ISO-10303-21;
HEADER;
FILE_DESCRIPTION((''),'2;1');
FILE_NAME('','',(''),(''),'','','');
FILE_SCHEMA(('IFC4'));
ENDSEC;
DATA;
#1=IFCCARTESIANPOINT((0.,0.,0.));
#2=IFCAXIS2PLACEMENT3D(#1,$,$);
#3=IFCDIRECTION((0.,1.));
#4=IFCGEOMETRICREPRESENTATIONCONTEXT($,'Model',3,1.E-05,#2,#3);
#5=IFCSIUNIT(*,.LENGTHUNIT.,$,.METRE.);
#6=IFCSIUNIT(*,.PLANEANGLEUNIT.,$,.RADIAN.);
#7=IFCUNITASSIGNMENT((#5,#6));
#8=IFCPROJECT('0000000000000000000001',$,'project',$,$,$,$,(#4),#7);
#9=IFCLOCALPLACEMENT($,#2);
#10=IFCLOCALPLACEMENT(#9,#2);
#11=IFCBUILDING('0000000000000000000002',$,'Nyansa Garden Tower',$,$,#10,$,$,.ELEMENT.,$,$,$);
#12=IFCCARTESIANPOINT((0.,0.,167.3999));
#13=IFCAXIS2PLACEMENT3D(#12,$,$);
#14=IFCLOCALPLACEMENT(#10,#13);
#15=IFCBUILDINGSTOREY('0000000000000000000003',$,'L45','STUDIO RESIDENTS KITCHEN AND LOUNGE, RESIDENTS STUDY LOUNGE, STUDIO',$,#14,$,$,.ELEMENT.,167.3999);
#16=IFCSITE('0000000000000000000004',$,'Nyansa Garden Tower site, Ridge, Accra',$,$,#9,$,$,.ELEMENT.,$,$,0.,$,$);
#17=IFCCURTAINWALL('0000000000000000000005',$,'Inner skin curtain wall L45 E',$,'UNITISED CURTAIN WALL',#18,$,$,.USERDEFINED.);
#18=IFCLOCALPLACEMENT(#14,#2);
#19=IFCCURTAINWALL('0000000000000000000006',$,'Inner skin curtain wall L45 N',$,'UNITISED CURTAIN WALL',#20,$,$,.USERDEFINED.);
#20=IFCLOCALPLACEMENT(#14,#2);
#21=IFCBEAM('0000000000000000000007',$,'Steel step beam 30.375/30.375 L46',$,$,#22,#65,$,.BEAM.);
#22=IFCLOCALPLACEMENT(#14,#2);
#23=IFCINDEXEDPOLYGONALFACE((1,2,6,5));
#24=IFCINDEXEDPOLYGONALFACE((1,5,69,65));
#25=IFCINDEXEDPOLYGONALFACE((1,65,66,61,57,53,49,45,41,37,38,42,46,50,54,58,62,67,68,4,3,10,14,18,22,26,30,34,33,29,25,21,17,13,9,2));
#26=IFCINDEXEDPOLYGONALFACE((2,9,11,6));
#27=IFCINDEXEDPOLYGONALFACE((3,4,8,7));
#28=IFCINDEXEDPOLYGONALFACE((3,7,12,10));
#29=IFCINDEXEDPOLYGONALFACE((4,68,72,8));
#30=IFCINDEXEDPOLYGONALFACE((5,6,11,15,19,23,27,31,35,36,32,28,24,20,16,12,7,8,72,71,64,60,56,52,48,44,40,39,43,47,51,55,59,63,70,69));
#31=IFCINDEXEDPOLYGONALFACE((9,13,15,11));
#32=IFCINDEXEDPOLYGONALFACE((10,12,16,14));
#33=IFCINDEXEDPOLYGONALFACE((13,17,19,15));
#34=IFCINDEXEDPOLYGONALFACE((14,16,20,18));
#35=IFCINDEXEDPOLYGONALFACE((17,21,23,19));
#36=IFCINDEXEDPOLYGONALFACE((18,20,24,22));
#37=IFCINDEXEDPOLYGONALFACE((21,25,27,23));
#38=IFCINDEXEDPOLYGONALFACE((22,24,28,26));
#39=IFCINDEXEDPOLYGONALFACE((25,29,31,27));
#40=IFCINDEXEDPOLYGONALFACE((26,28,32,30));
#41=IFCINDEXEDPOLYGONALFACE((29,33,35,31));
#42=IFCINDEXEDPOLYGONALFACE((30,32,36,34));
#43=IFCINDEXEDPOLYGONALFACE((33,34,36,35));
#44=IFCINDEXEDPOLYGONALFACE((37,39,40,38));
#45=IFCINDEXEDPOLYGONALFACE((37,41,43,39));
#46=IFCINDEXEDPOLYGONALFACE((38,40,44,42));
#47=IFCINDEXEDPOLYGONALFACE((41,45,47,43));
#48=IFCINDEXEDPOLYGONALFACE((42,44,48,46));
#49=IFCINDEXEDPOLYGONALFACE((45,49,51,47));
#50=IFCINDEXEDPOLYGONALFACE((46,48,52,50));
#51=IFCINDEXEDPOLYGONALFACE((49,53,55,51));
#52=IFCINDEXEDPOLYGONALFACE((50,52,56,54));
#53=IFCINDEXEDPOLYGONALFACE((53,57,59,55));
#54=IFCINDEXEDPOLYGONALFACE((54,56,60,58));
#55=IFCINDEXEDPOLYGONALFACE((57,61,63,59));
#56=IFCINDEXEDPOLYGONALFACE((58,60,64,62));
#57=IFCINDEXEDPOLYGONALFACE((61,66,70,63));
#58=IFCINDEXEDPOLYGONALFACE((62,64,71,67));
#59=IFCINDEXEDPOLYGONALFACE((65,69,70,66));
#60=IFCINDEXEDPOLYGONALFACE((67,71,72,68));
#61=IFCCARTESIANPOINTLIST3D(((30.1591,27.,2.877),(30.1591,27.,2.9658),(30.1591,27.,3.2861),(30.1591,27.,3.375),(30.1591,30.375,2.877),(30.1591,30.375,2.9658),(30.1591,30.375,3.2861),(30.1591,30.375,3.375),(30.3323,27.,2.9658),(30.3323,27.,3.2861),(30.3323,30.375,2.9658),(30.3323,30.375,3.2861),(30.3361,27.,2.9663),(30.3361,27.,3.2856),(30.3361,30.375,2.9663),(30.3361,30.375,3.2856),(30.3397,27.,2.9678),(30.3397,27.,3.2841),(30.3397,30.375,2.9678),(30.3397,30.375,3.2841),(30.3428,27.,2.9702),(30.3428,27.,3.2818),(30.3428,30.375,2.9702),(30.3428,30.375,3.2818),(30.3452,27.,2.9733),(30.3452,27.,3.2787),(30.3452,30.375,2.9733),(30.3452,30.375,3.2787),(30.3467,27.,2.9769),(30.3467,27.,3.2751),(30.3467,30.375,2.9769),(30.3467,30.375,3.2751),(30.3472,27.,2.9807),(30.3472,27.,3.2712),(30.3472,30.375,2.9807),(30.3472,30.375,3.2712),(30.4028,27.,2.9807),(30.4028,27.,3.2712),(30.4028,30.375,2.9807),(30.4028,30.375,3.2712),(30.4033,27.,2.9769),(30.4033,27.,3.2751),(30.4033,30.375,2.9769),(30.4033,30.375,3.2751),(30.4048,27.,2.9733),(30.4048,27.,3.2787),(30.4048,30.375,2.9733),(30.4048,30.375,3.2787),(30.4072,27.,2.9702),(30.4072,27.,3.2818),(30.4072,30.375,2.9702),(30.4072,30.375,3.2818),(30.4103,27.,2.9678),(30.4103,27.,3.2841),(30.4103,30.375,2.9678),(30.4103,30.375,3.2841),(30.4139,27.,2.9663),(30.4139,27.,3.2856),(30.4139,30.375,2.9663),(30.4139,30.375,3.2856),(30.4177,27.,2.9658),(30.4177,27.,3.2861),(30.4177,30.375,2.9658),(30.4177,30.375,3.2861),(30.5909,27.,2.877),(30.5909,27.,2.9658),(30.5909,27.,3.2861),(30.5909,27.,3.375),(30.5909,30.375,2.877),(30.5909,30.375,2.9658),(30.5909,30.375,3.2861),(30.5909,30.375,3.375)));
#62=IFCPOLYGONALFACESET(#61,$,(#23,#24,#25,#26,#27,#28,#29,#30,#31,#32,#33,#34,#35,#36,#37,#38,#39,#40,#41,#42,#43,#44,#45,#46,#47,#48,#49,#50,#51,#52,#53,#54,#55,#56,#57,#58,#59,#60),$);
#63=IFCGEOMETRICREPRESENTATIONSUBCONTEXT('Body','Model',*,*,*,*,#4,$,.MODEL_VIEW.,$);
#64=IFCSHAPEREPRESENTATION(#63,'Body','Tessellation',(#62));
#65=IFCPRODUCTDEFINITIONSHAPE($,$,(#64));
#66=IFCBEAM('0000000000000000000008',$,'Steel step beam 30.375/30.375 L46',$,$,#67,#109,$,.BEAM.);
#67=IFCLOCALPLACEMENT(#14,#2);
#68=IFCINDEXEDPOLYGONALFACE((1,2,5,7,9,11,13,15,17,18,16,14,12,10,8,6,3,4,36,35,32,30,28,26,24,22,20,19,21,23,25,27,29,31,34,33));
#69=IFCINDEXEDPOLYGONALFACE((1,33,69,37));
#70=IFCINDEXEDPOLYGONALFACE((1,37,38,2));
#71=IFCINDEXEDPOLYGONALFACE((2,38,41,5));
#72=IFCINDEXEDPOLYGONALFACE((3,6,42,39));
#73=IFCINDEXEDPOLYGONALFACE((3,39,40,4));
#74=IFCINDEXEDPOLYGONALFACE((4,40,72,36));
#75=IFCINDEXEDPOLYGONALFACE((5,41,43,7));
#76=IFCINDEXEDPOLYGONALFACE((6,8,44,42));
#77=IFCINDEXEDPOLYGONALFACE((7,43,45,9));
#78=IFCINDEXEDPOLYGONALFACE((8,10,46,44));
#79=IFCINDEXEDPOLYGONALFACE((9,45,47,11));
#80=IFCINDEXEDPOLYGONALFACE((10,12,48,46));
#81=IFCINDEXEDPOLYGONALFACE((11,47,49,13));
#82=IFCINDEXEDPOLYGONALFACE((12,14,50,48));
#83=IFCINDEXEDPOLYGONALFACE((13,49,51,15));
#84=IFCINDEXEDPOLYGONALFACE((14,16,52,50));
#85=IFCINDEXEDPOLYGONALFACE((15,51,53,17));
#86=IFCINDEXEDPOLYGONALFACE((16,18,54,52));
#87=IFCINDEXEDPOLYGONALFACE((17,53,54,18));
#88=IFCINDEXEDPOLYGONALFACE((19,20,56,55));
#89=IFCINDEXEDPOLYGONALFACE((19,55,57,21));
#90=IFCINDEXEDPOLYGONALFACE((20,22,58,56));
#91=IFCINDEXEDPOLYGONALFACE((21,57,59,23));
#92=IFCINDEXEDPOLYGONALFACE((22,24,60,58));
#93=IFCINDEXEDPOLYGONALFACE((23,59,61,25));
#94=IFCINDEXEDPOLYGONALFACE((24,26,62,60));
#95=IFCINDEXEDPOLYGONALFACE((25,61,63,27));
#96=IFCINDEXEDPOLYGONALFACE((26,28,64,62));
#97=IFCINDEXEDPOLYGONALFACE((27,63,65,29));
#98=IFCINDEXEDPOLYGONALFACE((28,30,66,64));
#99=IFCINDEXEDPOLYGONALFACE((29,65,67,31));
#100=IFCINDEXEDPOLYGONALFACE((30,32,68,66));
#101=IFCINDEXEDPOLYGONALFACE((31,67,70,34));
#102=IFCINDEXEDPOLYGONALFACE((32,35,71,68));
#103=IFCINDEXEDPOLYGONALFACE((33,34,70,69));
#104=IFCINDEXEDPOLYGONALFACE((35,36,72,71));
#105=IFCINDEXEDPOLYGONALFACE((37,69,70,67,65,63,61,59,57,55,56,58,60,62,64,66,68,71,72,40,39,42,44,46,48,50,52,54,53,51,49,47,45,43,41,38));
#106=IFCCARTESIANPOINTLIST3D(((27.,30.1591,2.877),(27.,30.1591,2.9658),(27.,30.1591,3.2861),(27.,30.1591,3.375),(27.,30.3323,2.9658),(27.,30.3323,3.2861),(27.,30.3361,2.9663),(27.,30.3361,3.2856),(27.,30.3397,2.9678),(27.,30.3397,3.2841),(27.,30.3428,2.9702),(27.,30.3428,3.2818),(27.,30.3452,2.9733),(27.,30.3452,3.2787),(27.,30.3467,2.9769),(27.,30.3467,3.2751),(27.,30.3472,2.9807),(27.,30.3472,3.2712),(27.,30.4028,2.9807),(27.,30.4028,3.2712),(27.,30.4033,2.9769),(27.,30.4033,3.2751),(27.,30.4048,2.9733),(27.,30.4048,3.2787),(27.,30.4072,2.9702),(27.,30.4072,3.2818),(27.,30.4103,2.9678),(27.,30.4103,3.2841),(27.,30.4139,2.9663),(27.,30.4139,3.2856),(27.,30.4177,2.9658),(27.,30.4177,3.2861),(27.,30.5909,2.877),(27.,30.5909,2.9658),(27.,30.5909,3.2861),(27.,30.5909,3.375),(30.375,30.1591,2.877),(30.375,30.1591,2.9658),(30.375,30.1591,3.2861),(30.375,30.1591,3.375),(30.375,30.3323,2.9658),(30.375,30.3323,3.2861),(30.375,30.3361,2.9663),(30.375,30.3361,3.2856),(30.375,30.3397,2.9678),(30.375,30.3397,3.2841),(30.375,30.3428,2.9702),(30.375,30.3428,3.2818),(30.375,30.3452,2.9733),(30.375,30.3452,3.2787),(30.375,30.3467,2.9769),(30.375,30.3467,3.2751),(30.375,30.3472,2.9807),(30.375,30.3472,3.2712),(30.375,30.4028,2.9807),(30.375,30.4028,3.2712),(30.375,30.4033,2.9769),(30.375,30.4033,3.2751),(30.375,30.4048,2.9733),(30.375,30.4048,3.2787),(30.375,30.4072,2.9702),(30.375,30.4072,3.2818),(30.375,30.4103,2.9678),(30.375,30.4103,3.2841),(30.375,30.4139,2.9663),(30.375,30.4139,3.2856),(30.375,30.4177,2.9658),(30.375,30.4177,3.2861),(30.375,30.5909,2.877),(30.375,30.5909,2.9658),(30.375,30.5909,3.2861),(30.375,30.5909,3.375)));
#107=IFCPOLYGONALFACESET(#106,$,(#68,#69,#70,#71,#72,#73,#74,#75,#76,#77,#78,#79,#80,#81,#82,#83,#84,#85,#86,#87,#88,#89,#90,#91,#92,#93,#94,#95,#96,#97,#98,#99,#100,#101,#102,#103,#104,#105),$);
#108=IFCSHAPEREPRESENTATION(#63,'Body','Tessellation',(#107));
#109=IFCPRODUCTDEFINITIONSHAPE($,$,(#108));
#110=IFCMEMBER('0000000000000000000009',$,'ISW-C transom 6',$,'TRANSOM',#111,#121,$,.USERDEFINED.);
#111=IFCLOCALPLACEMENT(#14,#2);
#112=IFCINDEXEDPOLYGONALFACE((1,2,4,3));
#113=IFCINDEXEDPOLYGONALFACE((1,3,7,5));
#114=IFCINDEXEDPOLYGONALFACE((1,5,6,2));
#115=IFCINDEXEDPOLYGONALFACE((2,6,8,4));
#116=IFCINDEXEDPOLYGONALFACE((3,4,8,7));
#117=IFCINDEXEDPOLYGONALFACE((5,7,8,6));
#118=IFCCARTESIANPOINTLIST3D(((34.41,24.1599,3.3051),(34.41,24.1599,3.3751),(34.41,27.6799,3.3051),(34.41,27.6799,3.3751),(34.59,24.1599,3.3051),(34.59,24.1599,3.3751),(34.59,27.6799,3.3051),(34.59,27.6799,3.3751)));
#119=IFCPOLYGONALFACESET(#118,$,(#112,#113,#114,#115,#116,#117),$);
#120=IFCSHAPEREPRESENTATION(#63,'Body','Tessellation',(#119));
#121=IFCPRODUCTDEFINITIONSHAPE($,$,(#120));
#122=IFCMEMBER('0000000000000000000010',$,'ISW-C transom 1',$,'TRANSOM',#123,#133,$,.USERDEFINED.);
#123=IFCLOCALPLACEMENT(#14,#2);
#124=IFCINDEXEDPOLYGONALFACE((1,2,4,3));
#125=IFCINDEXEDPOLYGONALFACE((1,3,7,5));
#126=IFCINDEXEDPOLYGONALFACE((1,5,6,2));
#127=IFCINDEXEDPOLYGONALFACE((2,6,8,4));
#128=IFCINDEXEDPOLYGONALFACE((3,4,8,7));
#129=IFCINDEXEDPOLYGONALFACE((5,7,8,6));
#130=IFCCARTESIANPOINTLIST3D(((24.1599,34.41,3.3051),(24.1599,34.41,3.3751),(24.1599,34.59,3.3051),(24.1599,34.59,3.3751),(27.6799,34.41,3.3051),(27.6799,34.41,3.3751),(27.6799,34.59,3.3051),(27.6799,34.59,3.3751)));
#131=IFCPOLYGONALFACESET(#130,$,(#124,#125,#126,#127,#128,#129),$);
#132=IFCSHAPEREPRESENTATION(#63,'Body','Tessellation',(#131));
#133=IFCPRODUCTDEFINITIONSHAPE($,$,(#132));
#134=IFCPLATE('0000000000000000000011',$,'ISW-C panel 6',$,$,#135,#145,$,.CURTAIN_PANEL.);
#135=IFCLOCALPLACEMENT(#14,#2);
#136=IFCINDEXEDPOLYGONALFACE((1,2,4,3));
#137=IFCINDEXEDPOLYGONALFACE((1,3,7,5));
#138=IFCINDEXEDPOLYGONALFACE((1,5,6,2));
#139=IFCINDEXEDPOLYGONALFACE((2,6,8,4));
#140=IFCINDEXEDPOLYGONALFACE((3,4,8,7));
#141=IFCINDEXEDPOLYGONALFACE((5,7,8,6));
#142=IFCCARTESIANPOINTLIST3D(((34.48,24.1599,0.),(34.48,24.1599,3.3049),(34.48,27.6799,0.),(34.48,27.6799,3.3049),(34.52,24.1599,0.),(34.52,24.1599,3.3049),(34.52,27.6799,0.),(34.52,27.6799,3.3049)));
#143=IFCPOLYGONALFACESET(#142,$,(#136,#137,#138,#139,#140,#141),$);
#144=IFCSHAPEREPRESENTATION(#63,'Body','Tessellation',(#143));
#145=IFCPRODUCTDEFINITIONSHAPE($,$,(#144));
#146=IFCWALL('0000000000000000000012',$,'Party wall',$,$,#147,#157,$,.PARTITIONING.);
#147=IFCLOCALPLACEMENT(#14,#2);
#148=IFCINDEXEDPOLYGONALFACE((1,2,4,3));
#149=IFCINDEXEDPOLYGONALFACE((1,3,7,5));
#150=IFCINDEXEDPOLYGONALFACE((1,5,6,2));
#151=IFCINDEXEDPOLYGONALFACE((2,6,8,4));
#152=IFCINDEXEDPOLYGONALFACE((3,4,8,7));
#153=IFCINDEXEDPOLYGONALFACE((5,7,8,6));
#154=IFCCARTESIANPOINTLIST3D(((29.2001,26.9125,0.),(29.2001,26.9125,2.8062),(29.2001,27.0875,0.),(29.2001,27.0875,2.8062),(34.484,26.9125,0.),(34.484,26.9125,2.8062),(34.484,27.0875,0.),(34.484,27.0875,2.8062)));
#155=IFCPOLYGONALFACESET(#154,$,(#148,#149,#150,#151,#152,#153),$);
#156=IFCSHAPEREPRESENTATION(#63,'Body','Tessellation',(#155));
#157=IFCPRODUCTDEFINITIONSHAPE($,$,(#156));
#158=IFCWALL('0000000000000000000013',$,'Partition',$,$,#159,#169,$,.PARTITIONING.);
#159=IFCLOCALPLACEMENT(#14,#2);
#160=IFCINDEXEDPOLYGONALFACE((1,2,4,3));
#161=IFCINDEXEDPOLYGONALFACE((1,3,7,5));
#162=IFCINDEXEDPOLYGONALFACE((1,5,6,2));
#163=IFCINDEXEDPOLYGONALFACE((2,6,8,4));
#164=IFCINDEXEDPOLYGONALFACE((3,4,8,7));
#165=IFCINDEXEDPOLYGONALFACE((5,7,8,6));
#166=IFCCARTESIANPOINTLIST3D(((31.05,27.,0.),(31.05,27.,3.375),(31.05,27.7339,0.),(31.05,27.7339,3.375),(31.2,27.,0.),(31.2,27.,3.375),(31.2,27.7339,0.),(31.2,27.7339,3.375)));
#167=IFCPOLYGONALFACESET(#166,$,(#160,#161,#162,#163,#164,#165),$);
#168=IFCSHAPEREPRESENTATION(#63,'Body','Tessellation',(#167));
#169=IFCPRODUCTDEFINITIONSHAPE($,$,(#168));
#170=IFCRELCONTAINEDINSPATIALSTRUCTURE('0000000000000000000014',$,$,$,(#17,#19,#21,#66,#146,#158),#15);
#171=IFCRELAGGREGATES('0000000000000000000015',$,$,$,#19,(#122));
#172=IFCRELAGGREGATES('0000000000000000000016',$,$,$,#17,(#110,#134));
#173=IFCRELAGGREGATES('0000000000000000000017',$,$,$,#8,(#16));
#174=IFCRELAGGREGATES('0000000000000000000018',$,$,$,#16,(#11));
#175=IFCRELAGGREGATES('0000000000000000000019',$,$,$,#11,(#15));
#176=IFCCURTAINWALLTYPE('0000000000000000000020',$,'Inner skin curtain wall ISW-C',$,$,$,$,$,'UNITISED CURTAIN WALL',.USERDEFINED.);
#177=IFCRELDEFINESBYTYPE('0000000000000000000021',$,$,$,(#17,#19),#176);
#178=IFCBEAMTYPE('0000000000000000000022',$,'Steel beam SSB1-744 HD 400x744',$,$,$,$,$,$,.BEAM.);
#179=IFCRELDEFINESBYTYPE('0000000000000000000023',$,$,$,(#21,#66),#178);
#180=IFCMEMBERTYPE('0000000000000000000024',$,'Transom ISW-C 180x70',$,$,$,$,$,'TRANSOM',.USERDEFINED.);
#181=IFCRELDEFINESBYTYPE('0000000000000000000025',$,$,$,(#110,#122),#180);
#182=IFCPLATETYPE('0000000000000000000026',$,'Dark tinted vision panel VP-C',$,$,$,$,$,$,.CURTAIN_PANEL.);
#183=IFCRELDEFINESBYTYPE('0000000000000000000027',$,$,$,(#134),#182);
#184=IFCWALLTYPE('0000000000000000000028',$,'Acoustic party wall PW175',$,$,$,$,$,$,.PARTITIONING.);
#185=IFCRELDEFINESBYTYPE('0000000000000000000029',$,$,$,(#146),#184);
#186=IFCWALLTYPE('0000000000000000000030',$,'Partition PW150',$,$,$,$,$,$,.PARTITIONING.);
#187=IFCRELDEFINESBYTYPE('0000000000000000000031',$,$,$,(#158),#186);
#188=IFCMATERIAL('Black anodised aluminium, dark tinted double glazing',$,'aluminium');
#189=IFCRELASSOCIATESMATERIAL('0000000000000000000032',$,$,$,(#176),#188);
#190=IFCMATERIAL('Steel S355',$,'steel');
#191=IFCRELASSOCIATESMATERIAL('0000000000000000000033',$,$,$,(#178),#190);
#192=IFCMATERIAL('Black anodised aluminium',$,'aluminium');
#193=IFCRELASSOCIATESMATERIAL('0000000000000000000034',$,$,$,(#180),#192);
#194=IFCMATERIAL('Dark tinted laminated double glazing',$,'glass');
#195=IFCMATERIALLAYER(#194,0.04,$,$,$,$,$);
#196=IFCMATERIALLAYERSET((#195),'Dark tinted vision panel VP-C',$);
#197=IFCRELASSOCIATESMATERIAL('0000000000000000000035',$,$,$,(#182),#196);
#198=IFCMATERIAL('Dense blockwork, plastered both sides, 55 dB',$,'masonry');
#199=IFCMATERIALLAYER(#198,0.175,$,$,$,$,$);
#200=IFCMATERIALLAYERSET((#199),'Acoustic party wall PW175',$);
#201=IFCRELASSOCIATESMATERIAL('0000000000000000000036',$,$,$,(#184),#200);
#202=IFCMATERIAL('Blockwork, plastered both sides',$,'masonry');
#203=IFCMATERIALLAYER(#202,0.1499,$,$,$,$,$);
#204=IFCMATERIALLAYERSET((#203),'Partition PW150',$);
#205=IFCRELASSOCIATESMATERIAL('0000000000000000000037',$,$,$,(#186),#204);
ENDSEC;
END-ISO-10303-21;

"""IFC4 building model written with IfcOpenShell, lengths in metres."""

from ifc_helpers import new_model, si_unit, direction, frame, frame_2d, origin, origin_2d, place, context, subcontext, project, spatial, rectangle, i_section, extrude, material, layer, layer_set, material_profile, profile_set, type_object, element, aggregate, save


model = new_model("IFC4")

# Units and contexts
model_context = context("Model", 3, precision=1e-05, world=origin(), true_north=direction((0.0, 1.0)))
body_context = subcontext(model_context, "Body", "Model", "MODEL_VIEW")
ifc_project = project(units=[si_unit("LENGTHUNIT", "METRE"), si_unit("PLANEANGLEUNIT", "RADIAN")], contexts=[model_context])

# Site, building, storey
site_placement = place(None, origin())
site = spatial("IfcSite", under=ifc_project, at=site_placement, Name="Nyansa Garden Tower site, Ridge, Accra", CompositionType="ELEMENT", RefElevation=0.0)
building_placement = place(site_placement, origin())
building = spatial("IfcBuilding", under=site, at=building_placement, Name="Nyansa Garden Tower", CompositionType="ELEMENT")
storey_placement = place(building_placement, frame((0.0, 0.0, 167.3999)))
storey = spatial("IfcBuildingStorey", under=building, at=storey_placement, Name="L45", Description="STUDIO RESIDENTS KITCHEN AND LOUNGE, RESIDENTS STUDY LOUNGE, STUDIO", CompositionType="ELEMENT", Elevation=167.3999)

# Curtain wall
ifc_material_1 = material(Name="Black anodised aluminium, dark tinted double glazing", Category="aluminium")
curtain_wall_type = type_object("IfcCurtainWallType", Name="Inner skin curtain wall ISW-C", ElementType="UNITISED CURTAIN WALL", PredefinedType="USERDEFINED", material=ifc_material_1)
curtain_wall_1_placement = place(storey_placement, origin())
curtain_wall_1 = element("IfcCurtainWall", 1, at=curtain_wall_1_placement, inside=storey, type_object=curtain_wall_type, Name="Inner skin curtain wall L45 E", ObjectType="UNITISED CURTAIN WALL", PredefinedType="USERDEFINED")

# Curtain wall
curtain_wall_2_placement = place(storey_placement, origin())
curtain_wall_2 = element("IfcCurtainWall", 2, at=curtain_wall_2_placement, inside=storey, type_object=curtain_wall_type, Name="Inner skin curtain wall L45 N", ObjectType="UNITISED CURTAIN WALL", PredefinedType="USERDEFINED")

# Beams
ifc_material_2 = material(Name="Steel S355", Category="steel")
ifc_material_profile_1 = material_profile(ifc_material_2, i_section(OverallWidth=0.4319, OverallDepth=0.498, WebThickness=0.0557, FlangeThickness=0.0889, FilletRadius=0.0149, at=origin_2d()), Name="HD 400x744")
ifc_profile_set_1 = profile_set([ifc_material_profile_1], Name="Steel S355")
beam_type_1 = type_object("IfcBeamType", Name="Steel beam SSB1-744 HD 400x744", PredefinedType="BEAM", material=ifc_profile_set_1)
for number, where, z_axis, x_axis, name in (
    (3, (30.375, 30.375, 3.126), (0.0, -1.0, 0.0), (1.0, 0.0, 0.0), "Steel step beam 30.375/30.375 L46"),
    (4, (30.375, 30.375, 3.126), (-1.0, 0.0, 0.0), (0.0, -1.0, 0.0), "Steel step beam 30.375/30.375 L46"),
):
    element("IfcBeam", number, at=place(storey_placement, frame(where, z_axis=z_axis, x_axis=x_axis)), inside=storey, type_object=beam_type_1, Name=name, PredefinedType="BEAM", context=body_context, shape_type="SweptSolid", body=[
        extrude(i_section(OverallWidth=0.4319, OverallDepth=0.498, WebThickness=0.0557, FlangeThickness=0.0889, FilletRadius=0.0149, at=origin_2d()), origin(), (0.0, 0.0, 1.0), 3.375),
    ])

# Members
ifc_material_3 = material(Name="Black anodised aluminium", Category="aluminium")
ifc_material_profile_2 = material_profile(ifc_material_3, rectangle(XDim=0.1799, YDim=0.0701, at=origin_2d()), Name="Transom 180x70")
ifc_profile_set_2 = profile_set([ifc_material_profile_2], Name="Black anodised aluminium")
member_type_1 = type_object("IfcMemberType", Name="Transom ISW-C 180x70", ElementType="TRANSOM", PredefinedType="USERDEFINED", material=ifc_profile_set_2)
member_1_placement = place(storey_placement, frame((34.5, 24.1599, 3.3401), z_axis=(0.0, 1.0, 0.0), x_axis=(-1.0, 0.0, 0.0)))
member_1 = element("IfcMember", 5, at=member_1_placement, type_object=member_type_1, Name="ISW-C transom 6", ObjectType="TRANSOM", PredefinedType="USERDEFINED", context=body_context, shape_type="SweptSolid", body=[
    extrude(rectangle(XDim=0.1799, YDim=0.0701, at=origin_2d()), origin(), (0.0, 0.0, 1.0), 3.52),
])
member_2_placement = place(storey_placement, frame((27.6799, 34.5, 3.3401), z_axis=(-1.0, 0.0, 0.0), x_axis=(0.0, -1.0, 0.0)))
member_2 = element("IfcMember", 6, at=member_2_placement, type_object=member_type_1, Name="ISW-C transom 1", ObjectType="TRANSOM", PredefinedType="USERDEFINED", context=body_context, shape_type="SweptSolid", body=[
    extrude(rectangle(XDim=0.1799, YDim=0.0701, at=origin_2d()), origin(), (0.0, 0.0, 1.0), 3.52),
])
aggregate(curtain_wall_2, [member_2])

# Plate
ifc_material_4 = material(Name="Dark tinted laminated double glazing", Category="glass")
ifc_layer_1 = layer(ifc_material_4, 0.04)
ifc_layer_set_1 = layer_set([ifc_layer_1], Name="Dark tinted vision panel VP-C")
plate_type = type_object("IfcPlateType", Name="Dark tinted vision panel VP-C", PredefinedType="CURTAIN_PANEL", material=ifc_layer_set_1)
plate_placement = place(storey_placement, frame((34.5, 25.9199, 0.0), z_axis=(0.0, 0.0, 1.0), x_axis=(0.0, 1.0, 0.0)))
plate = element("IfcPlate", 7, at=plate_placement, type_object=plate_type, Name="ISW-C panel 6", PredefinedType="CURTAIN_PANEL", context=body_context, shape_type="SweptSolid", body=[
    extrude(rectangle(XDim=3.52, YDim=0.04, at=origin_2d()), origin(), (0.0, 0.0, 1.0), 3.3049),
])
aggregate(curtain_wall_1, [member_1, plate])

# Walls
ifc_material_5 = material(Name="Dense blockwork, plastered both sides, 55 dB", Category="masonry")
ifc_layer_2 = layer(ifc_material_5, 0.175)
ifc_layer_set_2 = layer_set([ifc_layer_2], Name="Acoustic party wall PW175")
wall_type_1 = type_object("IfcWallType", Name="Acoustic party wall PW175", PredefinedType="PARTITIONING", material=ifc_layer_set_2)
wall_1_placement = place(storey_placement, frame((29.2, 27.0, 0.0), z_axis=(0.0, 0.0, 1.0), x_axis=(1.0, 0.0, 0.0)))
element("IfcWall", 8, at=wall_1_placement, inside=storey, type_object=wall_type_1, Name="Party wall", PredefinedType="PARTITIONING", context=body_context, shape_type="SweptSolid", body=[
    extrude(rectangle(XDim=5.2839, YDim=0.175, at=frame_2d((2.6421, 0.0))), origin(), (0.0, 0.0, 1.0), 2.8062),
])
ifc_material_6 = material(Name="Blockwork, plastered both sides", Category="masonry")
ifc_layer_3 = layer(ifc_material_6, 0.1499)
ifc_layer_set_3 = layer_set([ifc_layer_3], Name="Partition PW150")
wall_type_2 = type_object("IfcWallType", Name="Partition PW150", PredefinedType="PARTITIONING", material=ifc_layer_set_3)
wall_2_placement = place(storey_placement, frame((31.125, 27.0, 0.0), z_axis=(0.0, 0.0, 1.0), x_axis=(0.0, 1.0, 0.0)))
element("IfcWall", 9, at=wall_2_placement, inside=storey, type_object=wall_type_2, Name="Partition", PredefinedType="PARTITIONING", context=body_context, shape_type="SweptSolid", body=[
    extrude(rectangle(XDim=0.7339, YDim=0.1499, at=frame_2d((0.3669, 0.0))), origin(), (0.0, 0.0, 1.0), 3.375),
])

save(model, "model.ifc")
